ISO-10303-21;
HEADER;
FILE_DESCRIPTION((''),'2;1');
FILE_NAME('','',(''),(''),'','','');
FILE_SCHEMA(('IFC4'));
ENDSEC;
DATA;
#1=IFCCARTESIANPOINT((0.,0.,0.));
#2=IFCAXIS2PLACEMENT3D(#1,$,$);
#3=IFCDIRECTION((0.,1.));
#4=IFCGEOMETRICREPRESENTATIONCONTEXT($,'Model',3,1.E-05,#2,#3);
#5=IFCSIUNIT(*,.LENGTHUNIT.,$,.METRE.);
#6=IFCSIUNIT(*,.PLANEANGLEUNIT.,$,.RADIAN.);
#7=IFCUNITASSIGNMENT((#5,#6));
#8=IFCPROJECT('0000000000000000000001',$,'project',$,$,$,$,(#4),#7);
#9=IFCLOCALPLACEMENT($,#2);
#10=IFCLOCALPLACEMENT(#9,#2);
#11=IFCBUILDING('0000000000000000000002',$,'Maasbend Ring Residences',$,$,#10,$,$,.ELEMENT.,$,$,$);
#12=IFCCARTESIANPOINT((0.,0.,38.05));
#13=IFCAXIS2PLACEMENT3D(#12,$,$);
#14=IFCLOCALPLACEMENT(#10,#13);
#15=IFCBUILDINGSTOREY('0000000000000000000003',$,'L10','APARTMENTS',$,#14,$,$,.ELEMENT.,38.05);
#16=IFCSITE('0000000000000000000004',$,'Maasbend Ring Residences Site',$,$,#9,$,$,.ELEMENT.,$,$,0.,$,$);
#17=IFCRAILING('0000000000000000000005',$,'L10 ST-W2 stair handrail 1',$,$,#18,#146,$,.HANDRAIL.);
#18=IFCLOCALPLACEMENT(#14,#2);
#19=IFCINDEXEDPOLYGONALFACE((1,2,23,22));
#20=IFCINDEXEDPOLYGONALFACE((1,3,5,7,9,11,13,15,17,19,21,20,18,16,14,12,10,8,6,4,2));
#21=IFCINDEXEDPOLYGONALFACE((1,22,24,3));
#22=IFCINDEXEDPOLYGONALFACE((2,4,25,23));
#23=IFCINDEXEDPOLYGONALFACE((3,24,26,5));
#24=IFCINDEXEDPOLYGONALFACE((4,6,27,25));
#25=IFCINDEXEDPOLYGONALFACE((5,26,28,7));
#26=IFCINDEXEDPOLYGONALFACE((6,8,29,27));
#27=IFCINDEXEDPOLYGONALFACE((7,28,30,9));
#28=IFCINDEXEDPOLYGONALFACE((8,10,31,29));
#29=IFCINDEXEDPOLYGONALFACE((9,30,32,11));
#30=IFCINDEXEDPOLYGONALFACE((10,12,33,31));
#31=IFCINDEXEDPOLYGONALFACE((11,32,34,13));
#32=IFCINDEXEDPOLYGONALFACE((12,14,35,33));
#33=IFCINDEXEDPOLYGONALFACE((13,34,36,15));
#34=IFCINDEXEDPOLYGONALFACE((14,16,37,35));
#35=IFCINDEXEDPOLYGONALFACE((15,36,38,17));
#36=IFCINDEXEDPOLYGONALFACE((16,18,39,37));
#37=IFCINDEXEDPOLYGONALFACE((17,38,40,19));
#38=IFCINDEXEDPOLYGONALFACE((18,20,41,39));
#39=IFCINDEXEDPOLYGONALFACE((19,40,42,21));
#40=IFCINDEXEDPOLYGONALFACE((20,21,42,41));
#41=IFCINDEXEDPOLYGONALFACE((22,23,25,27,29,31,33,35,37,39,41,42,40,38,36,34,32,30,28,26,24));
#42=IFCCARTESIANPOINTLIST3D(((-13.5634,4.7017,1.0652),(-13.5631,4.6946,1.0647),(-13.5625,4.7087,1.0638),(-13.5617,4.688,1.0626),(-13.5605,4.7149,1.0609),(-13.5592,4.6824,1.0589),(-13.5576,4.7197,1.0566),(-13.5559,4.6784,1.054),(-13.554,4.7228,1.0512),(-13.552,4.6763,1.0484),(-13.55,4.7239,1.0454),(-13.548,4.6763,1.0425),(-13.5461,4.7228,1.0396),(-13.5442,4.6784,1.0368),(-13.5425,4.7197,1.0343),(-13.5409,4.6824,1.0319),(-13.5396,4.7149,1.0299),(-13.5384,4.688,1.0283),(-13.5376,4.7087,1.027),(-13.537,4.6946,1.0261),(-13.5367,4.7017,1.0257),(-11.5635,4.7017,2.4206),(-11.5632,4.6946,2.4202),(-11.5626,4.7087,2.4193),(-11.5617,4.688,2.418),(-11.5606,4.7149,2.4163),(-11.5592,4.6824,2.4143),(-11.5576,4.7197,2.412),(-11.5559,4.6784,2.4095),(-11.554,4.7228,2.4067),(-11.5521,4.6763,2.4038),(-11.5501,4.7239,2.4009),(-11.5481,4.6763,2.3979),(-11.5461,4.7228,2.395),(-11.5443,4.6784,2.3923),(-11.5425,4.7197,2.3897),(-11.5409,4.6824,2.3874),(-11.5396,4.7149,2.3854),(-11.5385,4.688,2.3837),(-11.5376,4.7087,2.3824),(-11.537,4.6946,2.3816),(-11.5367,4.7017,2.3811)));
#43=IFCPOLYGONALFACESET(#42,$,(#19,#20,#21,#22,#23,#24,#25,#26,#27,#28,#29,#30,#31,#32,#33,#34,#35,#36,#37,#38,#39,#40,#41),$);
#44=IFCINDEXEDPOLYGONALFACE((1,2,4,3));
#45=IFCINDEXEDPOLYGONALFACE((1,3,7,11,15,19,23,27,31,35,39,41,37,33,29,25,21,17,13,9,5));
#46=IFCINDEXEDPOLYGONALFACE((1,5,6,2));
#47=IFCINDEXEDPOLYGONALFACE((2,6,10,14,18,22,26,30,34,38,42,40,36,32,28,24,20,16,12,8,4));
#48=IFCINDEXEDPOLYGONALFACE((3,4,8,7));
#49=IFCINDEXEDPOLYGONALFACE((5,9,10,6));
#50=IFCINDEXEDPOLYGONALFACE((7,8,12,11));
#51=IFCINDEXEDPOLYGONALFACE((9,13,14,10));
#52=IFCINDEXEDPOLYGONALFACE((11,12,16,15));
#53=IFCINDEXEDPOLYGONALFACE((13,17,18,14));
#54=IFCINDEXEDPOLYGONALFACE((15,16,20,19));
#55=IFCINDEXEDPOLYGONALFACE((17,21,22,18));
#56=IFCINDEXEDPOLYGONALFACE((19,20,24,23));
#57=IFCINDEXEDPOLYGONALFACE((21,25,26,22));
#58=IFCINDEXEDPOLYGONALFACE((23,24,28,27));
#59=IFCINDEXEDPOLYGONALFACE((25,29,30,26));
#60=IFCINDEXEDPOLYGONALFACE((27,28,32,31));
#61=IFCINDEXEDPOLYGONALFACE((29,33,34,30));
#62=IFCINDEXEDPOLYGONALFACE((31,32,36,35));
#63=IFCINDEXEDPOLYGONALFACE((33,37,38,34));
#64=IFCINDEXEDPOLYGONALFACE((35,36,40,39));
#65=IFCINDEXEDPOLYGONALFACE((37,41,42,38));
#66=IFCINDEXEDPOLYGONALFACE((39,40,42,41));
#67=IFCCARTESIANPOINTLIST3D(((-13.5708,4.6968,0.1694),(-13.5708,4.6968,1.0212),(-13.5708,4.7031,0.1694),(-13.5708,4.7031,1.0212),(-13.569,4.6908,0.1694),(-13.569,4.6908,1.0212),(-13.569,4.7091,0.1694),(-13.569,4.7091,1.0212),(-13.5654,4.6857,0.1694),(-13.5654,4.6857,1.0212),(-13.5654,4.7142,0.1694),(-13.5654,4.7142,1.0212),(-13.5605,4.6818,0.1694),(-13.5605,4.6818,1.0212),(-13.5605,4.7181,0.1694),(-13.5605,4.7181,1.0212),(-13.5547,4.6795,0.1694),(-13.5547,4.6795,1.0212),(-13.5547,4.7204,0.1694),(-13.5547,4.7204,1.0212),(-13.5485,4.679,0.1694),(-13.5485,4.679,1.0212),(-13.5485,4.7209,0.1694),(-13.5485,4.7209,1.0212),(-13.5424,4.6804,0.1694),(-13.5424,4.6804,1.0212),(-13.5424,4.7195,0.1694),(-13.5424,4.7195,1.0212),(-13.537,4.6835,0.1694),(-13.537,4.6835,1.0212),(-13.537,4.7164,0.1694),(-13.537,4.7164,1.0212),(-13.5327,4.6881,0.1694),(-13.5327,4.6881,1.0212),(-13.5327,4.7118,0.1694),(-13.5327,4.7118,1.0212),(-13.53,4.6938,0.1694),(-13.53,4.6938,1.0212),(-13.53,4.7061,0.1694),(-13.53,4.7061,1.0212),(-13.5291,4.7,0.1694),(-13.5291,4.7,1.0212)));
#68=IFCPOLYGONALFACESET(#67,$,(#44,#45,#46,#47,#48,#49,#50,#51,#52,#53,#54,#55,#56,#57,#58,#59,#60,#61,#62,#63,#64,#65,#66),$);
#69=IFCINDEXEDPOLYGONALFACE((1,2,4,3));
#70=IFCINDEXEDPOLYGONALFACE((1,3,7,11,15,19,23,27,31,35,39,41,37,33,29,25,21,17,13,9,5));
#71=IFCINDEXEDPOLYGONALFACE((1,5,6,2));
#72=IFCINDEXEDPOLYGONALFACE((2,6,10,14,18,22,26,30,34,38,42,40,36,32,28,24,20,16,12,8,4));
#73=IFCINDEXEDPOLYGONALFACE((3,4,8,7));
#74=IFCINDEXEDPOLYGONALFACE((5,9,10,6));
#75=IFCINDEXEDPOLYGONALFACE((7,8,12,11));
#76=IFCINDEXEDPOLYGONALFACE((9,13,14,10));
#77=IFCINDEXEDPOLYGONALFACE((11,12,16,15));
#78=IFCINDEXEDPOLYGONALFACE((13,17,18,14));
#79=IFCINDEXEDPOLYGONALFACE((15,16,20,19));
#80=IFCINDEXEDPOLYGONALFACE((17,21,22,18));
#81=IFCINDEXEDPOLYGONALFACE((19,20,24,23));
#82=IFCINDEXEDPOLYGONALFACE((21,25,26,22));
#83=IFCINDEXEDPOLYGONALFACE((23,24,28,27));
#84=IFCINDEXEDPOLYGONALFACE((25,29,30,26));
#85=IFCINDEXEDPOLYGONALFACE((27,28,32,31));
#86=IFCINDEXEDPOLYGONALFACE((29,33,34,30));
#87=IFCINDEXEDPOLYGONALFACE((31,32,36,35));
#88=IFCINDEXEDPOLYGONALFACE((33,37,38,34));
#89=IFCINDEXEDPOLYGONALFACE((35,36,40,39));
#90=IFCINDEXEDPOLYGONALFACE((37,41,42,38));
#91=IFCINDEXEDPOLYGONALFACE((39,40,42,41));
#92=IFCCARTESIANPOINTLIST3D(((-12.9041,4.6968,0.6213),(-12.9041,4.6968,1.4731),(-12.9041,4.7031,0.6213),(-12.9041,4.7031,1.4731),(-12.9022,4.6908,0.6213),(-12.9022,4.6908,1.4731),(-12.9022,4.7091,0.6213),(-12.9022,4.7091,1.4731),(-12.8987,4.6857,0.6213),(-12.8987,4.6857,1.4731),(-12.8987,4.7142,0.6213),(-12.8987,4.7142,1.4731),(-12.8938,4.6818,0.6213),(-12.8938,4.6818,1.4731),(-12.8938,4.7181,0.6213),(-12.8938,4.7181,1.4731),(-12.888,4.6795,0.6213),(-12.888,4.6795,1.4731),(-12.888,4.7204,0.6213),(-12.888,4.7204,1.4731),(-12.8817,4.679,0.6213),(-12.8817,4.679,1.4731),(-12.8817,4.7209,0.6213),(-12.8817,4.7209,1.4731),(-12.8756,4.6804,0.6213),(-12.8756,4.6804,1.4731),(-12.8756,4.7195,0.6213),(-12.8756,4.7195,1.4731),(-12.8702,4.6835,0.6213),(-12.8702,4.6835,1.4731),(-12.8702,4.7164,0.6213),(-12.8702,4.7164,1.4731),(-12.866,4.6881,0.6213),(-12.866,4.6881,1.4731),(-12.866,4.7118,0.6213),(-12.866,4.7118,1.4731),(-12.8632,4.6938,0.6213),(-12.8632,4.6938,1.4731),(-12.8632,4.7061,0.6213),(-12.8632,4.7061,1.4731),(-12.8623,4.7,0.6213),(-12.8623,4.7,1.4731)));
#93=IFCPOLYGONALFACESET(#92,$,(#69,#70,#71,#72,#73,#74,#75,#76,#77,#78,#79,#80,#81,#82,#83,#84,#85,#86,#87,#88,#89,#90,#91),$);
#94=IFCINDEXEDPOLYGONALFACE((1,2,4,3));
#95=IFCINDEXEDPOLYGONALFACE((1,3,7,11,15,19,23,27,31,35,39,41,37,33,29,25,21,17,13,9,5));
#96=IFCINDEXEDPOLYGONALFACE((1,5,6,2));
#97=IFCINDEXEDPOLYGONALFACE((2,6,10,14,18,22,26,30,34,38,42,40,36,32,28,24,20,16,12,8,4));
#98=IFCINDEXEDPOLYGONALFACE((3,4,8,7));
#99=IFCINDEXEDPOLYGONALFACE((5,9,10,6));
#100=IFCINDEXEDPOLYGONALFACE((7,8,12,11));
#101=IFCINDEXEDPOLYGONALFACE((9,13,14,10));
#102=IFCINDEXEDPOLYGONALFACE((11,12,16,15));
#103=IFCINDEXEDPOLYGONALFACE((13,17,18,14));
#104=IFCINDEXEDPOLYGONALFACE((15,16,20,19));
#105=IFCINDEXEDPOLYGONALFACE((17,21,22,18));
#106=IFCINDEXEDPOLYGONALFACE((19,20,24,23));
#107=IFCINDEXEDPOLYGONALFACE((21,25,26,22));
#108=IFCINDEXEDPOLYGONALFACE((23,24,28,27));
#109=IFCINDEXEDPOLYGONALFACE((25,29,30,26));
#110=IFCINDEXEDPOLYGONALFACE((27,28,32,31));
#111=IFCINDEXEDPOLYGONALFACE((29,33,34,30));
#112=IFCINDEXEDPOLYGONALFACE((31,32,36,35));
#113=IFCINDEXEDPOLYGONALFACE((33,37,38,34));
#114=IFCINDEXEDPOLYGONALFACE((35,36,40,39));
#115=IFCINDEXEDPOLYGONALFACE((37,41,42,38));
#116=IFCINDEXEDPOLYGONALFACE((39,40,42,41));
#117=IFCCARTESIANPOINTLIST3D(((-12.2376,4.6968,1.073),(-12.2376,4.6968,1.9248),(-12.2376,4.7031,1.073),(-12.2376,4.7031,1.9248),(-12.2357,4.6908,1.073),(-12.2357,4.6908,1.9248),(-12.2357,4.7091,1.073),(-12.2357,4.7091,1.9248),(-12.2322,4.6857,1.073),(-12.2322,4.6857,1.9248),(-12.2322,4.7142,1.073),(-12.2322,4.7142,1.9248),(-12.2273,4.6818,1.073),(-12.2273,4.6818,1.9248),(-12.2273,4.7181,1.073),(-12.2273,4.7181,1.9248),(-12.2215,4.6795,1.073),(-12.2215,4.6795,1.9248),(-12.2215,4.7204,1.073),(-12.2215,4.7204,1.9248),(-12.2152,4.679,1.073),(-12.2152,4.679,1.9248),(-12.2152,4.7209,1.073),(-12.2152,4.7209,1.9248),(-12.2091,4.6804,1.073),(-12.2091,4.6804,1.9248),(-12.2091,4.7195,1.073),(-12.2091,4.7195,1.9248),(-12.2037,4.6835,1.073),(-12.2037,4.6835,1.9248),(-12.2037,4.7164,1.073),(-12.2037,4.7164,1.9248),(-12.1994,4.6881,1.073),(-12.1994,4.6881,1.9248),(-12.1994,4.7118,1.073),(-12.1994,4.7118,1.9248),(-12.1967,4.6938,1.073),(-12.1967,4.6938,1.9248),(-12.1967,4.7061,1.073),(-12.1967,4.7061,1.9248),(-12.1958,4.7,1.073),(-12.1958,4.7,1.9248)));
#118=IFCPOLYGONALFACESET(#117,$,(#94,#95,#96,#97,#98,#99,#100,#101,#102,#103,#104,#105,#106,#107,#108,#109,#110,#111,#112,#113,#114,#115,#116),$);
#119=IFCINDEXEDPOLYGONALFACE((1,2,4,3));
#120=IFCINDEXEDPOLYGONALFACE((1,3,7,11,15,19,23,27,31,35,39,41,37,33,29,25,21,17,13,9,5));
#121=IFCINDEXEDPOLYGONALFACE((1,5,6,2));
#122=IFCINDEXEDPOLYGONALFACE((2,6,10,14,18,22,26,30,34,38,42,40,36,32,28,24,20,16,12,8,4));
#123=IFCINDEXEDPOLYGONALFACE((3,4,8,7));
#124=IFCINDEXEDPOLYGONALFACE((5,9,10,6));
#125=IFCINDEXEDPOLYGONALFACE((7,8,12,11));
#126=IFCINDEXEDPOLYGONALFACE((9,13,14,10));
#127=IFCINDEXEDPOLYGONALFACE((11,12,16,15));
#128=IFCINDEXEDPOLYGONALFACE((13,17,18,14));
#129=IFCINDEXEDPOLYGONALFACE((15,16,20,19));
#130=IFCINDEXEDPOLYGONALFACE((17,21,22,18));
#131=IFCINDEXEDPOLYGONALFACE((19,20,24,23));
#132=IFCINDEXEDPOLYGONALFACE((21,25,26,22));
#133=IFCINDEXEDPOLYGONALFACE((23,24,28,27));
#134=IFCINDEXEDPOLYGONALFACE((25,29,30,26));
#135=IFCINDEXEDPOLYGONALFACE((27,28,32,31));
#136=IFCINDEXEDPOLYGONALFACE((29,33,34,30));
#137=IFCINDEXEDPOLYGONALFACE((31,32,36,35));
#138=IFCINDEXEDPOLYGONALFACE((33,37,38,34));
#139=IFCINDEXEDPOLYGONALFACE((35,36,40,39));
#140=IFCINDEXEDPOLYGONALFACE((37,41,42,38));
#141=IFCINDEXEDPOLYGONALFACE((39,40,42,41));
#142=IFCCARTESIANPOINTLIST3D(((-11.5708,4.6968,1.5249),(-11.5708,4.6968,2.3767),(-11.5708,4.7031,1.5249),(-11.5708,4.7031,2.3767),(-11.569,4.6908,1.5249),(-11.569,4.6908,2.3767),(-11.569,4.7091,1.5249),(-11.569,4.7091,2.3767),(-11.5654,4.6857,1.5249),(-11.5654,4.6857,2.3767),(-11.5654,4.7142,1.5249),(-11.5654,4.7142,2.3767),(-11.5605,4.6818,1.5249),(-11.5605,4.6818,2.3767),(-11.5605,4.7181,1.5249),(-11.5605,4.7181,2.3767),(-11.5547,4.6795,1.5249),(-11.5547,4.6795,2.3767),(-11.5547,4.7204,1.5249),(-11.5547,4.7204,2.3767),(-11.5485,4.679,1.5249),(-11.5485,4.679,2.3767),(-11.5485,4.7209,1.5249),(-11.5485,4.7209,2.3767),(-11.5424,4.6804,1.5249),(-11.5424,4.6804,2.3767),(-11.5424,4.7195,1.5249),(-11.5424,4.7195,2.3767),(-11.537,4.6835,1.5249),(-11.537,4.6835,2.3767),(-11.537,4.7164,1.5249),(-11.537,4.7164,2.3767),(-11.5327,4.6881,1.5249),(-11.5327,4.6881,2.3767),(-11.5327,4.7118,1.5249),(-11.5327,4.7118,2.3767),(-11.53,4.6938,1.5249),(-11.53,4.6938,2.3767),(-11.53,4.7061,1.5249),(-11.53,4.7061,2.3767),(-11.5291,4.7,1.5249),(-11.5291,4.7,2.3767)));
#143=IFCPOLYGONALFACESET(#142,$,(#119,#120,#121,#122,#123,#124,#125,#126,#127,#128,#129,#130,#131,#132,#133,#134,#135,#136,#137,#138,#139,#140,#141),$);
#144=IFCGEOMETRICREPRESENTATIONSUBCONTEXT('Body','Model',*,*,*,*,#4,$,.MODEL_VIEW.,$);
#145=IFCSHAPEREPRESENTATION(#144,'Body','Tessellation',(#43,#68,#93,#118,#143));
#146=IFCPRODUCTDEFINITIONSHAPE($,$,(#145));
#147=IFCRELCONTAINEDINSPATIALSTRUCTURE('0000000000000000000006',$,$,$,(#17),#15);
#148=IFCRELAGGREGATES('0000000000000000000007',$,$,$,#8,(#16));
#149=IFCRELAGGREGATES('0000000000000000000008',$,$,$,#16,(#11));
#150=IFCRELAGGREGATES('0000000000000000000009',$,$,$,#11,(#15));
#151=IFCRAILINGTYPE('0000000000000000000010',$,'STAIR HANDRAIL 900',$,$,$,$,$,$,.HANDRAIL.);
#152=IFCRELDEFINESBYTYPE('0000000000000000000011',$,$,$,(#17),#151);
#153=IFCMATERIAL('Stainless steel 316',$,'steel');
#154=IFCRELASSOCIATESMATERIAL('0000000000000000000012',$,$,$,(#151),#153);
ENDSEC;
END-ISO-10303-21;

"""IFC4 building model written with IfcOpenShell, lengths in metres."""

from ifc_helpers import new_model, si_unit, direction, frame, origin, origin_2d, place, context, subcontext, project, spatial, circle, extrude, material, type_object, element, save


model = new_model("IFC4")

# Units and contexts
model_context = context("Model", 3, precision=1e-05, world=origin(), true_north=direction((0.0, 1.0)))
body_context = subcontext(model_context, "Body", "Model", "MODEL_VIEW")
ifc_project = project(units=[si_unit("LENGTHUNIT", "METRE"), si_unit("PLANEANGLEUNIT", "RADIAN")], contexts=[model_context])

# Site, building, storey
site_placement = place(None, origin())
site = spatial("IfcSite", under=ifc_project, at=site_placement, Name="Maasbend Ring Residences Site", CompositionType="ELEMENT", RefElevation=0.0)
building_placement = place(site_placement, origin())
building = spatial("IfcBuilding", under=site, at=building_placement, Name="Maasbend Ring Residences", CompositionType="ELEMENT")
storey_placement = place(building_placement, frame((0.0, 0.0, 38.05)))
storey = spatial("IfcBuildingStorey", under=building, at=storey_placement, Name="L10", Description="APARTMENTS", CompositionType="ELEMENT", Elevation=38.05)

# Railing
ifc_material_1 = material(Name="Stainless steel 316", Category="steel")
railing_type_1 = type_object("IfcRailingType", Name="STAIR HANDRAIL 900", PredefinedType="HANDRAIL", material=ifc_material_1)
railing_1_placement = place(storey_placement, frame((-13.55, 4.7, 0.1694)))
element("IfcRailing", 1, at=railing_1_placement, inside=storey, type_object=railing_type_1, Name="L10 ST-W2 stair handrail 1", PredefinedType="HANDRAIL", context=body_context, shape_type="SweptSolid", body=[
    extrude(circle(Radius=0.0239, at=origin_2d()), frame((0.0, 0.0, 0.876), z_axis=(0.827798, 0.0, 0.561027), x_axis=(0.0, 1.0, 0.0)), (0.0, 0.0, 1.0), 2.416),
    extrude(circle(Radius=0.021, at=origin_2d()), origin(), (0.0, 0.0, 1.0), 0.8518),
    extrude(circle(Radius=0.021, at=origin_2d()), frame((0.6667, 0.0, 0.4519)), (0.0, 0.0, 1.0), 0.8518),
    extrude(circle(Radius=0.021, at=origin_2d()), frame((1.3333, 0.0, 0.9036)), (0.0, 0.0, 1.0), 0.8518),
    extrude(circle(Radius=0.021, at=origin_2d()), frame((2.0, 0.0, 1.3555)), (0.0, 0.0, 1.0), 0.8518),
])

save(model, "model.ifc")
